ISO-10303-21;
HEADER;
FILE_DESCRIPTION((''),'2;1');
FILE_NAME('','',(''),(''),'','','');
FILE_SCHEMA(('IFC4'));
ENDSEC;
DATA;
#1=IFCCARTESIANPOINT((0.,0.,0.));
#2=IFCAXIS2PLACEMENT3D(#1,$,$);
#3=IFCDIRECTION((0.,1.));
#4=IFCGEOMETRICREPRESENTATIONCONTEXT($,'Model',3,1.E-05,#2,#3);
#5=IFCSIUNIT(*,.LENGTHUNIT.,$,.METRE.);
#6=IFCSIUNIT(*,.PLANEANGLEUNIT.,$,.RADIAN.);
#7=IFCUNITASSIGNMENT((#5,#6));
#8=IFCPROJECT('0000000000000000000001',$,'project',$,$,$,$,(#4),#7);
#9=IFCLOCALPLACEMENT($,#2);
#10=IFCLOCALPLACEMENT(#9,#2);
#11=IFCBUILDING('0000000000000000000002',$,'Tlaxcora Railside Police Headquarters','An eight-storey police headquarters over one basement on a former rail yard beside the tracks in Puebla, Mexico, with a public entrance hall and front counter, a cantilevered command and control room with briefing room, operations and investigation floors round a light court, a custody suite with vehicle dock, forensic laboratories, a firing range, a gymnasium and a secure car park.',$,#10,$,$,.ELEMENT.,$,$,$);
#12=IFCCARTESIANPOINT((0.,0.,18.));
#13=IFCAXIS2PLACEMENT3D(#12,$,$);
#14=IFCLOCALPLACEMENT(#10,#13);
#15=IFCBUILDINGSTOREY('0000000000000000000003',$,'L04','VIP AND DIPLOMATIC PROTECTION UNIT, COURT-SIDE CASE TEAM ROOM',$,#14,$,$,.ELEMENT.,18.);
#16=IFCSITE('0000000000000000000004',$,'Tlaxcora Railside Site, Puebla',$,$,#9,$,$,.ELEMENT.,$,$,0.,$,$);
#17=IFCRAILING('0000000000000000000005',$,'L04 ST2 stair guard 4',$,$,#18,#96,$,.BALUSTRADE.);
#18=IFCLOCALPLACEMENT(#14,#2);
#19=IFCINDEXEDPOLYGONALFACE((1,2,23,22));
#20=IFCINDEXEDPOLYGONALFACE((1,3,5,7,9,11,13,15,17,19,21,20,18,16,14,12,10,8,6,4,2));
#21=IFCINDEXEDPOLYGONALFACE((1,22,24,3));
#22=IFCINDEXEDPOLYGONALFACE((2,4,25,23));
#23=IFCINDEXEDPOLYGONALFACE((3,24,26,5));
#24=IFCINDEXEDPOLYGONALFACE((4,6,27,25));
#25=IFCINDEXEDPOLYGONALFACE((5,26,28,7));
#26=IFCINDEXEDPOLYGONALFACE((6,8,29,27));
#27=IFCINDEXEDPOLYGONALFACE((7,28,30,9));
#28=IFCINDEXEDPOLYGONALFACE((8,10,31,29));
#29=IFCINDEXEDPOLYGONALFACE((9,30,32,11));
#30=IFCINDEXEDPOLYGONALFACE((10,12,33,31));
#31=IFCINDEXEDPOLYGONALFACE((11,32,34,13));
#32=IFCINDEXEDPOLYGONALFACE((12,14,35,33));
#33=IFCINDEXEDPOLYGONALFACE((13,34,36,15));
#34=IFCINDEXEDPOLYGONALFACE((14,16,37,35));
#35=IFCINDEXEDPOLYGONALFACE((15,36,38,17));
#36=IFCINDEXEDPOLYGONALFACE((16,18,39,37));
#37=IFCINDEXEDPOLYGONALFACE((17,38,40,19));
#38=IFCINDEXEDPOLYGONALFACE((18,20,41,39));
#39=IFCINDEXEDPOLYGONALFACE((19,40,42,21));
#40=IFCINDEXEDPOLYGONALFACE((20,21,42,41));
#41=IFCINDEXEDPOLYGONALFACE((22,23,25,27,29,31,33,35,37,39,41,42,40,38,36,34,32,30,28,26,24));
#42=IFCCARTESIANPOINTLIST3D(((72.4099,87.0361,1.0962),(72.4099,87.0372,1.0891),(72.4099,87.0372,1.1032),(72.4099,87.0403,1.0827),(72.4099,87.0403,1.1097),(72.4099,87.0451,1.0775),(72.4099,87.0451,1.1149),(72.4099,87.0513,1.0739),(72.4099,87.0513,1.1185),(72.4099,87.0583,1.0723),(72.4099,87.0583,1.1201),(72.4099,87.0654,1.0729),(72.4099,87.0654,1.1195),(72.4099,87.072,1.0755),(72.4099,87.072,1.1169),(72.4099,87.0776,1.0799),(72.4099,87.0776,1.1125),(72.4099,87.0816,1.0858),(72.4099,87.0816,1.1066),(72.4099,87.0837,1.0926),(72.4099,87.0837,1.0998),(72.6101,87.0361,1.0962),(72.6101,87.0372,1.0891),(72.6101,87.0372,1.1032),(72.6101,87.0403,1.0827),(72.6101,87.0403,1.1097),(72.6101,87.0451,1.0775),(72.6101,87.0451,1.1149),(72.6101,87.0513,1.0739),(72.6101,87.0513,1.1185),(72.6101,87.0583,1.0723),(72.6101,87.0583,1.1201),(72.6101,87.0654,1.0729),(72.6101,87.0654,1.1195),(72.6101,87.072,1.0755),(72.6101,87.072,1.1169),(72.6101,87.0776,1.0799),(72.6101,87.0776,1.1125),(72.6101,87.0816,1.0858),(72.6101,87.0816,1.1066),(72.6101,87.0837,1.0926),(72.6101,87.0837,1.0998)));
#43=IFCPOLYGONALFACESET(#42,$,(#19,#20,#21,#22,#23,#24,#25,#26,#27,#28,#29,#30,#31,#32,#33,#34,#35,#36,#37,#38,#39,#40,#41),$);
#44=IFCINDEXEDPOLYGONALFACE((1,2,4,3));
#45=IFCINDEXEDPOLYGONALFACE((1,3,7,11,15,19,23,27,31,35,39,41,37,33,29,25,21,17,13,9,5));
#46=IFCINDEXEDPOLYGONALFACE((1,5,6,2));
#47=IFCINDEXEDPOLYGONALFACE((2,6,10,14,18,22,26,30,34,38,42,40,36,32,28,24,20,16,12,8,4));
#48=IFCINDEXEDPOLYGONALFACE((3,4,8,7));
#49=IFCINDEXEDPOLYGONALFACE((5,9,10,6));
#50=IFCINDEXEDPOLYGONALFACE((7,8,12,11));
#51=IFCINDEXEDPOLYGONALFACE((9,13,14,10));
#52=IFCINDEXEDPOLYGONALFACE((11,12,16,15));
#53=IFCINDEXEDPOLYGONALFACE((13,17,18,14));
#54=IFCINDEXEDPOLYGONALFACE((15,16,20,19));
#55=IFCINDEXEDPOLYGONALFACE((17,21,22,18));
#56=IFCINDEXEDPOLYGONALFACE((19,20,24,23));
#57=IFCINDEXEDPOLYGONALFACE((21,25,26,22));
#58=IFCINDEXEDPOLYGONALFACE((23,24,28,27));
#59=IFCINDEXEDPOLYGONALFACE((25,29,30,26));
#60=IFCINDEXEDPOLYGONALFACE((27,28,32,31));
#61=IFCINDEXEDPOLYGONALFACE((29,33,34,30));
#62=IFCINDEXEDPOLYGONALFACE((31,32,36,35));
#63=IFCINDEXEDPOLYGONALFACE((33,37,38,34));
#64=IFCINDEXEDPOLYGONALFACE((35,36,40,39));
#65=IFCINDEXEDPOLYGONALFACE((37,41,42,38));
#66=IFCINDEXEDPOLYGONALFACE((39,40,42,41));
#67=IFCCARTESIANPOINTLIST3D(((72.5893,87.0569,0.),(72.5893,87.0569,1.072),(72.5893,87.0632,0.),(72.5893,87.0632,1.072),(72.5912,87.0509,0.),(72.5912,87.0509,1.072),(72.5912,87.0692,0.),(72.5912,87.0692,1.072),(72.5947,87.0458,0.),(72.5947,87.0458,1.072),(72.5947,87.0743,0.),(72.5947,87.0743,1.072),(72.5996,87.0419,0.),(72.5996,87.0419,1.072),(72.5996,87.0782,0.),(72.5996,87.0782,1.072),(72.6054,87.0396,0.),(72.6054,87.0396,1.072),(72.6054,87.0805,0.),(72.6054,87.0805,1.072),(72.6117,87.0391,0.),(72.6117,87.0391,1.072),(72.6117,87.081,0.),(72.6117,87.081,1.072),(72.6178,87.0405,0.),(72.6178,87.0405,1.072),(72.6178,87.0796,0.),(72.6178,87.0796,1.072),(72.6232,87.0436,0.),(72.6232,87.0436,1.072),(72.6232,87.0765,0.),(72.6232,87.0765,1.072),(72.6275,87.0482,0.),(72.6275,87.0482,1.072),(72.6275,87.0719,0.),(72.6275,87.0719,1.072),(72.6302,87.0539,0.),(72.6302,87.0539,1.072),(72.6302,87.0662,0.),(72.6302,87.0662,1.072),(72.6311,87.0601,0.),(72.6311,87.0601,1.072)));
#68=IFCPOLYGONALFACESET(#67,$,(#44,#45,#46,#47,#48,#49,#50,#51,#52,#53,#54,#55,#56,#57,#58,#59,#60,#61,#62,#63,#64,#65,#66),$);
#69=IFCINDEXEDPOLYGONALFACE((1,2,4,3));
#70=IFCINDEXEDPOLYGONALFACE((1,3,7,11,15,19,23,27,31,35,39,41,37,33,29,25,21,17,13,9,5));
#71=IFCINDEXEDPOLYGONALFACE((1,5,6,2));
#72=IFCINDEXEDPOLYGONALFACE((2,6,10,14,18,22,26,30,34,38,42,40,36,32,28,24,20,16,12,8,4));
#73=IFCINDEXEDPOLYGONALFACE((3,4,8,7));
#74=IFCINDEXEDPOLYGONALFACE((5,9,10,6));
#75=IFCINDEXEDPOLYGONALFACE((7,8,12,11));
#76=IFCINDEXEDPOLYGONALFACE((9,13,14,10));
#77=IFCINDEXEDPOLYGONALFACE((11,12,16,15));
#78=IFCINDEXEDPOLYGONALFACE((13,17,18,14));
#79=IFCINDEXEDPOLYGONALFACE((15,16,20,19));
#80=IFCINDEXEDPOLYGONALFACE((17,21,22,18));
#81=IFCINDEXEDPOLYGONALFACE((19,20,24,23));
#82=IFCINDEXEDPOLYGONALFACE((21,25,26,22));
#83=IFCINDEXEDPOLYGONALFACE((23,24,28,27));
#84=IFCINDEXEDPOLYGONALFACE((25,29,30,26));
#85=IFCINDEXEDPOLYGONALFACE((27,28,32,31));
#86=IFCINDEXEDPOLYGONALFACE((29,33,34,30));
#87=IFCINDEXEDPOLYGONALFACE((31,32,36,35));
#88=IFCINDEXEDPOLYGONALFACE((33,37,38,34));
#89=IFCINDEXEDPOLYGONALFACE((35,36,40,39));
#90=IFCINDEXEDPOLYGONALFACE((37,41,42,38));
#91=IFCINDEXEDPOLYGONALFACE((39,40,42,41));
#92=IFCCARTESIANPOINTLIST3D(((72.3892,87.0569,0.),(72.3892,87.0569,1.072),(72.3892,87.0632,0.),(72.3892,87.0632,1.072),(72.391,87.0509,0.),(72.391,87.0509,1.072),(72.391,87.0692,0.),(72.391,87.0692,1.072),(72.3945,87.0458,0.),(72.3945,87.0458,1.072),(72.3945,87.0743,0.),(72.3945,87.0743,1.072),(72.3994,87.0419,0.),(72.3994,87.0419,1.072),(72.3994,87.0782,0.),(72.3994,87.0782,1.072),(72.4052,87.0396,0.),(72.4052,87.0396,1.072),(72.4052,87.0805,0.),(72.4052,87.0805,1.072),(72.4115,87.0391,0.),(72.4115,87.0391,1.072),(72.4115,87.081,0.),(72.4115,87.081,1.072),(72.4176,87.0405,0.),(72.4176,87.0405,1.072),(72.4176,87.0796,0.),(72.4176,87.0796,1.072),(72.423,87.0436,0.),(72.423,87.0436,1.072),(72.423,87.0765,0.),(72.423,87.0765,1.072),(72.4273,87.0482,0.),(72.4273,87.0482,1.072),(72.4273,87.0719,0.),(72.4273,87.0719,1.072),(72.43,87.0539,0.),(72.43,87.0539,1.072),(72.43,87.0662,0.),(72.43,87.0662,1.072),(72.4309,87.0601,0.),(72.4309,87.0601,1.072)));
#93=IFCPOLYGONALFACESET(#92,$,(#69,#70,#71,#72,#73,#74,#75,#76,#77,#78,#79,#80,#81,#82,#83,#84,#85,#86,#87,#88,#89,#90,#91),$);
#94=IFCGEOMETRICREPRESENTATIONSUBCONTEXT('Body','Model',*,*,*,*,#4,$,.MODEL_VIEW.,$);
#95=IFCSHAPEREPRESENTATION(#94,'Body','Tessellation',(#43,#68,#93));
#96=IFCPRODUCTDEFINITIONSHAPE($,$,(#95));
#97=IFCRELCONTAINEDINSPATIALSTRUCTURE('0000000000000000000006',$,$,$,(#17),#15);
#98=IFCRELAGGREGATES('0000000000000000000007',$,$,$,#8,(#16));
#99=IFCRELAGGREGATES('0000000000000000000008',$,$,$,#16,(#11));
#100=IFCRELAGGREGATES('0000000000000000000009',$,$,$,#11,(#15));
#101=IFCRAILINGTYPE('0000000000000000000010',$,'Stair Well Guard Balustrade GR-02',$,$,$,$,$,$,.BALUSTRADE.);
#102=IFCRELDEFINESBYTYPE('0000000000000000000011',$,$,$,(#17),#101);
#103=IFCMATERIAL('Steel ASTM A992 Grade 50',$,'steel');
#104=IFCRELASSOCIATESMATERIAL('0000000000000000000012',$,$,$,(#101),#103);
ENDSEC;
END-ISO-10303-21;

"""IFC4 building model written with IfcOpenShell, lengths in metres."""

from ifc_helpers import new_model, si_unit, direction, frame, origin, origin_2d, place, context, subcontext, project, spatial, circle, extrude, material, type_object, element, save


model = new_model("IFC4")

# Units and contexts
model_context = context("Model", 3, precision=1e-05, world=origin(), true_north=direction((0.0, 1.0)))
body_context = subcontext(model_context, "Body", "Model", "MODEL_VIEW")
ifc_project = project(units=[si_unit("LENGTHUNIT", "METRE"), si_unit("PLANEANGLEUNIT", "RADIAN")], contexts=[model_context])

# Site, building, storey
site_placement = place(None, origin())
site = spatial("IfcSite", under=ifc_project, at=site_placement, Name="Tlaxcora Railside Site, Puebla", CompositionType="ELEMENT", RefElevation=0.0)
building_placement = place(site_placement, origin())
building = spatial("IfcBuilding", under=site, at=building_placement, Name="Tlaxcora Railside Police Headquarters", Description="An eight-storey police headquarters over one basement on a former rail yard beside the tracks in Puebla, Mexico, with a public entrance hall and front counter, a cantilevered command and control room with briefing room, operations and investigation floors round a light court, a custody suite with vehicle dock, forensic laboratories, a firing range, a gymnasium and a secure car park.", CompositionType="ELEMENT")
storey_placement = place(building_placement, frame((0.0, 0.0, 18.0)))
storey = spatial("IfcBuildingStorey", under=building, at=storey_placement, Name="L04", Description="VIP AND DIPLOMATIC PROTECTION UNIT, COURT-SIDE CASE TEAM ROOM", CompositionType="ELEMENT", Elevation=18.0)

# Shared definitions
ifc_material_1 = material(Name="Steel ASTM A992 Grade 50", Category="steel")

# Railing
railing_type_1 = type_object("IfcRailingType", Name="Stair Well Guard Balustrade GR-02", PredefinedType="BALUSTRADE", material=ifc_material_1)
railing_1_placement = place(storey_placement, frame((72.6101, 87.0601, 0.0)))
element("IfcRailing", 1, at=railing_1_placement, inside=storey, type_object=railing_type_1, Name="L04 ST2 stair guard 4", PredefinedType="BALUSTRADE", context=body_context, shape_type="SweptSolid", body=[
    extrude(circle(Radius=0.0239, at=origin_2d()), frame((0.0, 0.0, 1.0962), z_axis=(-1.0, 0.0, 0.0), x_axis=(0.0, -1.0, 0.0)), (0.0, 0.0, 1.0), 0.2002),
    extrude(circle(Radius=0.021, at=origin_2d()), origin(), (0.0, 0.0, 1.0), 1.072),
    extrude(circle(Radius=0.021, at=origin_2d()), frame((-0.2002, 0.0, 0.0)), (0.0, 0.0, 1.0), 1.072),
])

save(model, "model.ifc")
